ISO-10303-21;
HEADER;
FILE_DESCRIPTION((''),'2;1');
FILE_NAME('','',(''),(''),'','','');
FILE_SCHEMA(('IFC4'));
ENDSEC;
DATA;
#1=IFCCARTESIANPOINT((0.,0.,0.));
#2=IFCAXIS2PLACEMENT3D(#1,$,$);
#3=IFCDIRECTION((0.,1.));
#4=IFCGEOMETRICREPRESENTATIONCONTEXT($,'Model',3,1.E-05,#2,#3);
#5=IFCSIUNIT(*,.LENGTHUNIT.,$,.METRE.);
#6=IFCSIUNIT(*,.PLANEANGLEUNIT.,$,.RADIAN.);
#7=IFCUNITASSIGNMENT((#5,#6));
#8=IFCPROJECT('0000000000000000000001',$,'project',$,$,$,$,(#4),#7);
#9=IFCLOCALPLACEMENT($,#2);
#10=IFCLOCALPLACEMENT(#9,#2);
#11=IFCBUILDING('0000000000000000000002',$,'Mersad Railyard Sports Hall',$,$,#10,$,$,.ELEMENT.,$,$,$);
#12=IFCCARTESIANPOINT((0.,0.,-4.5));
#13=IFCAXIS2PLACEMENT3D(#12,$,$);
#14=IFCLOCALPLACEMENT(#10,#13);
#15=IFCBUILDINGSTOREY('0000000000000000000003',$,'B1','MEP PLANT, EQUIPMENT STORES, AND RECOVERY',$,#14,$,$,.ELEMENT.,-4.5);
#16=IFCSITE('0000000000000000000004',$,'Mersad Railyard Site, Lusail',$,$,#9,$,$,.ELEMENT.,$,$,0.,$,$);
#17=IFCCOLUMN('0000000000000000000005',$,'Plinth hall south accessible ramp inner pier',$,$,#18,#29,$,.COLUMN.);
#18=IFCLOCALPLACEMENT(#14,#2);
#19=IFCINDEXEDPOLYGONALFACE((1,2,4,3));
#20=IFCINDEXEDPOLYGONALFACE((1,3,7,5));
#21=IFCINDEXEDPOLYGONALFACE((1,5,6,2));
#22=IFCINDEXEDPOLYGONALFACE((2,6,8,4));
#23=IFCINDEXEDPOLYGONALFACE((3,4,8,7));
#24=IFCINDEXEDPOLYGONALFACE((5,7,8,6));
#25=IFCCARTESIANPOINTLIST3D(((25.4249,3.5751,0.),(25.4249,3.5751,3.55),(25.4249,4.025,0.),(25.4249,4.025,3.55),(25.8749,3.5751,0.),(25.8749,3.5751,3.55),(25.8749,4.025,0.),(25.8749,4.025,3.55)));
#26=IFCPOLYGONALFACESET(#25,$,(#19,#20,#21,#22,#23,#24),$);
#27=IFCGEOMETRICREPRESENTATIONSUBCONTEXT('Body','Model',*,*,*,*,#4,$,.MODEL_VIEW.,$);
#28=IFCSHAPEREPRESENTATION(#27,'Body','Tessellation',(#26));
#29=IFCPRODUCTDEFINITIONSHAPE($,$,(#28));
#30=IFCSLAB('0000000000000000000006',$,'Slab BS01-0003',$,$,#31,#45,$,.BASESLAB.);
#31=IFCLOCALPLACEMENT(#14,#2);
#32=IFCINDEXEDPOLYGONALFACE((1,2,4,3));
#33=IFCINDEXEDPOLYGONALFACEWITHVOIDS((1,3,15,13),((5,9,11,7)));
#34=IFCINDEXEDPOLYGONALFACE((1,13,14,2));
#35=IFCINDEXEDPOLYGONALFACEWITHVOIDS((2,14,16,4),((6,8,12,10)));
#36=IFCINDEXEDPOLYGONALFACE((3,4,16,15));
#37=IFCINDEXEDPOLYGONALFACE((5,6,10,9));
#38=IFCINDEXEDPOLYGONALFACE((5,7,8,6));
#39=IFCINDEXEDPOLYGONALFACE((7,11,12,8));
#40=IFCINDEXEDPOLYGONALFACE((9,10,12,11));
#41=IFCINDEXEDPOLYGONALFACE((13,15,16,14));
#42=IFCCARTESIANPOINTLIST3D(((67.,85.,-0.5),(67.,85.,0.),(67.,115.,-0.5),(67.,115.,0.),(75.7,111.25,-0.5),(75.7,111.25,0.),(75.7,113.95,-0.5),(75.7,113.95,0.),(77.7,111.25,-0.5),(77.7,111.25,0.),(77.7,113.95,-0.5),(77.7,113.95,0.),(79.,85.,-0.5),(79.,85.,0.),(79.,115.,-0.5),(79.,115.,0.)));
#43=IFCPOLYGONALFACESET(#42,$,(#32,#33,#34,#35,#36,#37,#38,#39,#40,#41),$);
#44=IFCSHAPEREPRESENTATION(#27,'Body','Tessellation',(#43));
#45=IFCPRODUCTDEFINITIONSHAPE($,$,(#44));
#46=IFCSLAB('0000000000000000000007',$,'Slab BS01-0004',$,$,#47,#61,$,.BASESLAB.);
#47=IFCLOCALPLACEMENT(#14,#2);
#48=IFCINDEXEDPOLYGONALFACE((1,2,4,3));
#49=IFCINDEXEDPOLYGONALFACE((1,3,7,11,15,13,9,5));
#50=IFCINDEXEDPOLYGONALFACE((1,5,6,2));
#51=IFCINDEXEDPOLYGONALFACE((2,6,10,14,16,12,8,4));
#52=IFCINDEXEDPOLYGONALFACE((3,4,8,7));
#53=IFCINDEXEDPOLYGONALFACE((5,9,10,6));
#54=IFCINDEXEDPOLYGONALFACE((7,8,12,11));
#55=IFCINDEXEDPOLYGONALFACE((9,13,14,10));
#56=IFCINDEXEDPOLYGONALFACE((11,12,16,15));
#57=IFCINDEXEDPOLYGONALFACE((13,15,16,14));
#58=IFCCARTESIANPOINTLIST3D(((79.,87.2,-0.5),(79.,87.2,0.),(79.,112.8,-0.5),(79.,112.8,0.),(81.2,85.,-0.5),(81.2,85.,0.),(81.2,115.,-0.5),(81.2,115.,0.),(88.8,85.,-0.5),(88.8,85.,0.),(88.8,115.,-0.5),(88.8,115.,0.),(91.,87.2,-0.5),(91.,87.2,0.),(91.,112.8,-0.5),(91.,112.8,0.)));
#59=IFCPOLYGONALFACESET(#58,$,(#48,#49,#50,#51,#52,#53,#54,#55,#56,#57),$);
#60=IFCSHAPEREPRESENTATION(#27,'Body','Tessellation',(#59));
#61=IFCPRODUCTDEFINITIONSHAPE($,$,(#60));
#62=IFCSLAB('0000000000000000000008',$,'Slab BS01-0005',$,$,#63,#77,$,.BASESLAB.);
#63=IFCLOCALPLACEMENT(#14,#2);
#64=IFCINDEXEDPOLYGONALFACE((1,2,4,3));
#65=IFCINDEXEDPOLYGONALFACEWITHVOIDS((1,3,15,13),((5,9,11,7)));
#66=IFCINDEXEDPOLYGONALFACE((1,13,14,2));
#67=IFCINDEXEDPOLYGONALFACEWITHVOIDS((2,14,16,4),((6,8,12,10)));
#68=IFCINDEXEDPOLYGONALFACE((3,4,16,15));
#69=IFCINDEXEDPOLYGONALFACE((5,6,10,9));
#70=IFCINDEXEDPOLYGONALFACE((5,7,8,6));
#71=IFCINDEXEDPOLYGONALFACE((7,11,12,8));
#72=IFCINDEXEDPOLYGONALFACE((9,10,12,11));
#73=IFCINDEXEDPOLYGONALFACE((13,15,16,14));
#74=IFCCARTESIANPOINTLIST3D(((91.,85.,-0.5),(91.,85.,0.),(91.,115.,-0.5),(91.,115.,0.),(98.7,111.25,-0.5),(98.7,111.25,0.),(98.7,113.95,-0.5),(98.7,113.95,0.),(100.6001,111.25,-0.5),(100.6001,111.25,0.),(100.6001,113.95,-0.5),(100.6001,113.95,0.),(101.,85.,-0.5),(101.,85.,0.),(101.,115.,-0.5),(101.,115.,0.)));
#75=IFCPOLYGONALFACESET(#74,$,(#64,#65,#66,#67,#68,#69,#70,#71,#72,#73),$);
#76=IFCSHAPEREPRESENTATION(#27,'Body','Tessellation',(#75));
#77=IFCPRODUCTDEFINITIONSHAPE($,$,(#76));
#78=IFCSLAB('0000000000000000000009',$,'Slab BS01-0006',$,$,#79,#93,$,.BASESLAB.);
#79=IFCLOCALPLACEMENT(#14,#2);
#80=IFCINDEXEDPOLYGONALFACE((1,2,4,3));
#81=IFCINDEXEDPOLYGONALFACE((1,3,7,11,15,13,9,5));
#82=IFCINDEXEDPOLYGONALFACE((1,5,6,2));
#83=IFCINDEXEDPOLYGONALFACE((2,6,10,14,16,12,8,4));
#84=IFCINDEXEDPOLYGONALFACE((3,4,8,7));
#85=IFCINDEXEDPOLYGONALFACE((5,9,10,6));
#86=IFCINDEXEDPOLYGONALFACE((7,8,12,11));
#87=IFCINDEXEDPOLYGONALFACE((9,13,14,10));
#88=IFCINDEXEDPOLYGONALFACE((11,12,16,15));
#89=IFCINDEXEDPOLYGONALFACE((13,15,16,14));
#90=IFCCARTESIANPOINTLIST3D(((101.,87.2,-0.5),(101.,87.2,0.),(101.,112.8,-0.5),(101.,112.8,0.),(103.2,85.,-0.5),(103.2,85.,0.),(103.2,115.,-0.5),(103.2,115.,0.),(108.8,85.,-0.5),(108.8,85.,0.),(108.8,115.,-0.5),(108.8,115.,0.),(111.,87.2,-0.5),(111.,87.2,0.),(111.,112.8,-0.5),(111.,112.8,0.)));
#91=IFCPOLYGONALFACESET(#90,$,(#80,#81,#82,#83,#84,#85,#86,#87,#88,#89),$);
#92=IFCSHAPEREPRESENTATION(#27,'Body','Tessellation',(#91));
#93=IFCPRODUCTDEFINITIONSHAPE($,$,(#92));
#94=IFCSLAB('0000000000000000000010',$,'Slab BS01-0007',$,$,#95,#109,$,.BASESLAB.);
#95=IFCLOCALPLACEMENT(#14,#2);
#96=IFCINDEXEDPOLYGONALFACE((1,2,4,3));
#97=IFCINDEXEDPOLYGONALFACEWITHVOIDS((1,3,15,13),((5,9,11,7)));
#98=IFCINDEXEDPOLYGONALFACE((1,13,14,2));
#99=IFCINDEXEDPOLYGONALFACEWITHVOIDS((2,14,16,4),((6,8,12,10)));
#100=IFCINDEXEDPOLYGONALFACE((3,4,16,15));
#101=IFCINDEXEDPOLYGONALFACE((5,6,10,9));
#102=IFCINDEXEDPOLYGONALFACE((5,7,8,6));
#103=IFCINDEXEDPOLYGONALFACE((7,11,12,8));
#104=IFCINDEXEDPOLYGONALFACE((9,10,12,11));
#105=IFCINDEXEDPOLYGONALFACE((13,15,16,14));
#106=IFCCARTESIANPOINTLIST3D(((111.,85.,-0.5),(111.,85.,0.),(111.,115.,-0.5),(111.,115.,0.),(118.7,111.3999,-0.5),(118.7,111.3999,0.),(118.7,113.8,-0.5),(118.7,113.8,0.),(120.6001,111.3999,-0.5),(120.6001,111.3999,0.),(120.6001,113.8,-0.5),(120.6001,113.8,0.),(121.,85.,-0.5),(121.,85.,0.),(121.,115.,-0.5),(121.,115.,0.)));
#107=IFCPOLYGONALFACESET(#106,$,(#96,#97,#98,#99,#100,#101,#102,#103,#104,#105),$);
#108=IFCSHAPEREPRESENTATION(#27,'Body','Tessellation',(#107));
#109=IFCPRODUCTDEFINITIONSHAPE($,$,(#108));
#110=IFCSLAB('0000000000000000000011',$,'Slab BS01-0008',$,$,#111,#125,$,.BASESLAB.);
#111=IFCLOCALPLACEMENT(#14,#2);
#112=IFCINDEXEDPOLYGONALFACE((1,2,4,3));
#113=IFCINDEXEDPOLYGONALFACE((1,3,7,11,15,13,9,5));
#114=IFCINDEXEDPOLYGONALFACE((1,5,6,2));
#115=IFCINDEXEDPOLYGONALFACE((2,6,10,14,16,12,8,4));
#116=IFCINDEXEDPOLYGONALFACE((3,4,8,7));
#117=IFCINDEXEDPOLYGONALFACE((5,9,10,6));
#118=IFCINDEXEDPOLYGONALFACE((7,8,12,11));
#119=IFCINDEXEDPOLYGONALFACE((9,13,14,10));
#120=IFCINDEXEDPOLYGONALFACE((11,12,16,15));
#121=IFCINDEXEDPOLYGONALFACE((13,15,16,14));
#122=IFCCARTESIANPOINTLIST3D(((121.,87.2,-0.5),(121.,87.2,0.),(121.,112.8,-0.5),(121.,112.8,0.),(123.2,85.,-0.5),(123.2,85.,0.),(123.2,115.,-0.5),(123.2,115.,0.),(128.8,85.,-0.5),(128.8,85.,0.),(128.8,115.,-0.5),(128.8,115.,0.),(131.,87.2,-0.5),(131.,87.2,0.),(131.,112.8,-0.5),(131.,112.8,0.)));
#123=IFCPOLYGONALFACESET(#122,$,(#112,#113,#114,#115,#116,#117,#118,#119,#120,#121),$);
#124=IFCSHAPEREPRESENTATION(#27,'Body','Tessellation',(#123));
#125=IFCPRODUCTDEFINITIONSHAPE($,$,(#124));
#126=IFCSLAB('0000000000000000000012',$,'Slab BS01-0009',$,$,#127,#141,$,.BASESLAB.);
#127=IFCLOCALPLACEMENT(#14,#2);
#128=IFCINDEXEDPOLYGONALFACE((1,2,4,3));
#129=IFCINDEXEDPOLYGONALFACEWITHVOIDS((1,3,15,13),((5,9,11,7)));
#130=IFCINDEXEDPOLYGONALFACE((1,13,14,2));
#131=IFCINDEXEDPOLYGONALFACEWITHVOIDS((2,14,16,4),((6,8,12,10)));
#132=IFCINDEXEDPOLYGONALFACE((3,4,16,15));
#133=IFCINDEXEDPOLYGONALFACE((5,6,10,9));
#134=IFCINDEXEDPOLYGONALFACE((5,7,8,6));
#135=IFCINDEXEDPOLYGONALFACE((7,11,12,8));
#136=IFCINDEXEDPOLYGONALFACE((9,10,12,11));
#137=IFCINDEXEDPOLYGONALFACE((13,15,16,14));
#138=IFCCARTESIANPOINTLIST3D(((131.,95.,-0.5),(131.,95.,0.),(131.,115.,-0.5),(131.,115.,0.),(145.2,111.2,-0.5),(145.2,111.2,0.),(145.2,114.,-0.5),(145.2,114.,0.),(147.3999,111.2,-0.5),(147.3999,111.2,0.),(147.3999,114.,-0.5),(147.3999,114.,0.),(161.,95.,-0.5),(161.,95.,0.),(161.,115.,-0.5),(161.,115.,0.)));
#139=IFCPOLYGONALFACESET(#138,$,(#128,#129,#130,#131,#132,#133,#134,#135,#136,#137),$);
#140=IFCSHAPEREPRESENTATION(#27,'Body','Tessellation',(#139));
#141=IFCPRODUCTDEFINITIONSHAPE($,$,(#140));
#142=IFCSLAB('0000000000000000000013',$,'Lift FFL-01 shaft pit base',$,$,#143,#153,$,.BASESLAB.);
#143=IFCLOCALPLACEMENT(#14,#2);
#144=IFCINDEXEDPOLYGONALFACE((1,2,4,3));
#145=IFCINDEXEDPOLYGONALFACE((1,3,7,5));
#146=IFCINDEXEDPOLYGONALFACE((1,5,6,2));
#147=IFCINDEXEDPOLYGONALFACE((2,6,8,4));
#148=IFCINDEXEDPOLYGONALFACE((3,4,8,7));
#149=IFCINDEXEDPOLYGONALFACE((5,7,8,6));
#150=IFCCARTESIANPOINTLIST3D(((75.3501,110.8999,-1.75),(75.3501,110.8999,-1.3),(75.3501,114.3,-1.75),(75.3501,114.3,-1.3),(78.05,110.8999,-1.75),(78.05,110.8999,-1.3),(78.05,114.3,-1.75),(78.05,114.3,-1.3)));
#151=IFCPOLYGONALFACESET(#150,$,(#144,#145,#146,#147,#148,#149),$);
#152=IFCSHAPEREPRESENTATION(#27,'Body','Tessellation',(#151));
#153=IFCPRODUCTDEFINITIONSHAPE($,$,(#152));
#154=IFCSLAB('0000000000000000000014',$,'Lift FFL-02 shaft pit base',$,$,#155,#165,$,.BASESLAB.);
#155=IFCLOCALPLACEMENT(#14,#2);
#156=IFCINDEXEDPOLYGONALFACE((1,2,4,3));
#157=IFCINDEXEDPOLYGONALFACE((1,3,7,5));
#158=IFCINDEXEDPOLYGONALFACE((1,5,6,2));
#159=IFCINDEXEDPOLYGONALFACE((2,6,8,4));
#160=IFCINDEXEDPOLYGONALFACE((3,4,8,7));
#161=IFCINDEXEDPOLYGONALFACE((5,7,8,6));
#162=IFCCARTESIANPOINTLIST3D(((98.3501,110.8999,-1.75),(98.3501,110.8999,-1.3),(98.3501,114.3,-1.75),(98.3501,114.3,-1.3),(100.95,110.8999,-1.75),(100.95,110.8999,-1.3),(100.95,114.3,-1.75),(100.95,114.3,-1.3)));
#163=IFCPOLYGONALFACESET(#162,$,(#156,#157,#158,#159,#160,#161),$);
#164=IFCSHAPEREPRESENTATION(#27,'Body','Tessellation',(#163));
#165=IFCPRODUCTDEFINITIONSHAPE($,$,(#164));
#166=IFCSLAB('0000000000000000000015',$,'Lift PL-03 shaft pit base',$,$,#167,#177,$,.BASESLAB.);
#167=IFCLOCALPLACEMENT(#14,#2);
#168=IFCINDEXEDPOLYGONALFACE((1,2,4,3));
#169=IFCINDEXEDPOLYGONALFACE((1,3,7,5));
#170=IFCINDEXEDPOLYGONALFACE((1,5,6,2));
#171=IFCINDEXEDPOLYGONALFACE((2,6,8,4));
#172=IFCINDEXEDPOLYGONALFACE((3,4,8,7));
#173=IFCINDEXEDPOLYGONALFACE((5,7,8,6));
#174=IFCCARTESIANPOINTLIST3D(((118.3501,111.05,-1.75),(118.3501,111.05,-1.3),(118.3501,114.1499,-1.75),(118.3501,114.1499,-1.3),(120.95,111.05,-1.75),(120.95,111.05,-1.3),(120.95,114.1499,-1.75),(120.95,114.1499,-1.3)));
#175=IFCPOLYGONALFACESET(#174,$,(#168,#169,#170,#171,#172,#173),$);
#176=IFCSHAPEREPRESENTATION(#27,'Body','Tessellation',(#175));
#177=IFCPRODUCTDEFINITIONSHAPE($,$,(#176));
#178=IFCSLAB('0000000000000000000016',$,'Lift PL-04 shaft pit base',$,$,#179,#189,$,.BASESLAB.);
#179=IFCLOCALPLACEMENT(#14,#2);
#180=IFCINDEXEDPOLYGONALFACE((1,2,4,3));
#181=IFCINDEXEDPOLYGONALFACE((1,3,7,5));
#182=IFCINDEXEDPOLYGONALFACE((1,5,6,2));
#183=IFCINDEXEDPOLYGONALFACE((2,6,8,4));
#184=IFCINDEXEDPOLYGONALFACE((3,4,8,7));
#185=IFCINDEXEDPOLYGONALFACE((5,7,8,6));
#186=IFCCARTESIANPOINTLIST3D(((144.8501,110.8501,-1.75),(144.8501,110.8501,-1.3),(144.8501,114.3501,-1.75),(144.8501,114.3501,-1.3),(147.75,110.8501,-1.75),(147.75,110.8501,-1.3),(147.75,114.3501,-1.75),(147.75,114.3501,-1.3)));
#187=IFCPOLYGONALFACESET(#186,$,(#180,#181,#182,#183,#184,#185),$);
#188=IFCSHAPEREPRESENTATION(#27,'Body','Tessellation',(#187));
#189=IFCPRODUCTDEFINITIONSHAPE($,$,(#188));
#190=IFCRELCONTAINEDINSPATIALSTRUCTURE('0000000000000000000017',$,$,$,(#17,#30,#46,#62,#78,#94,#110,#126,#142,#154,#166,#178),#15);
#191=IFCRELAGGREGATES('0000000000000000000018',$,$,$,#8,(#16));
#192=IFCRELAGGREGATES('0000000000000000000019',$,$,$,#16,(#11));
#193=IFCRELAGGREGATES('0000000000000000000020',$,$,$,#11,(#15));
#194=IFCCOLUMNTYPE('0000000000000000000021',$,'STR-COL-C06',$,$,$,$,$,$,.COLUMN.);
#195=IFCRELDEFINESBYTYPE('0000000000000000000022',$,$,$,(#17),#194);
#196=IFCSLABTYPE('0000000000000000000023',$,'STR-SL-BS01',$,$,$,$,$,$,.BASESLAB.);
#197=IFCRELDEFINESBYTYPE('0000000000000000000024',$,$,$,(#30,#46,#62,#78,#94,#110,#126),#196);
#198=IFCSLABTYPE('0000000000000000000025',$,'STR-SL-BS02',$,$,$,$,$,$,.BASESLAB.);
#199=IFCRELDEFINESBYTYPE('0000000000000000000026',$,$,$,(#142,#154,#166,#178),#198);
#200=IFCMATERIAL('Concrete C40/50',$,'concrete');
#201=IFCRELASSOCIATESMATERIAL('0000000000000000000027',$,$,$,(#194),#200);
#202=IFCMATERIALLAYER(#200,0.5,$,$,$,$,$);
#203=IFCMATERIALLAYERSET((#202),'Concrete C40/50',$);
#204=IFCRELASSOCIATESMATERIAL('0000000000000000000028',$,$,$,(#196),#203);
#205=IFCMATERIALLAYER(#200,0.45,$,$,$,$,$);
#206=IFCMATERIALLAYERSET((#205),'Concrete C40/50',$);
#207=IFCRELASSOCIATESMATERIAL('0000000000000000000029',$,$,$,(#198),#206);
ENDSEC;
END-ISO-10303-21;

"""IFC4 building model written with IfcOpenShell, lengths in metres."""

from ifc_helpers import new_model, si_unit, direction, frame, origin, origin_2d, place, context, subcontext, project, spatial, polyline, rectangle, outline, extrude, material, layer, layer_set, material_profile, profile_set, type_object, element, save


model = new_model("IFC4")

# Units and contexts
model_context = context("Model", 3, precision=1e-05, world=origin(), true_north=direction((0.0, 1.0)))
body_context = subcontext(model_context, "Body", "Model", "MODEL_VIEW")
ifc_project = project(units=[si_unit("LENGTHUNIT", "METRE"), si_unit("PLANEANGLEUNIT", "RADIAN")], contexts=[model_context])

# Site, building, storey
site_placement = place(None, origin())
site = spatial("IfcSite", under=ifc_project, at=site_placement, Name="Mersad Railyard Site, Lusail", CompositionType="ELEMENT", RefElevation=0.0)
building_placement = place(site_placement, origin())
building = spatial("IfcBuilding", under=site, at=building_placement, Name="Mersad Railyard Sports Hall", CompositionType="ELEMENT")
storey_placement = place(building_placement, frame((0.0, 0.0, -4.5)))
storey = spatial("IfcBuildingStorey", under=building, at=storey_placement, Name="B1", Description="MEP PLANT, EQUIPMENT STORES, AND RECOVERY", CompositionType="ELEMENT", Elevation=-4.5)

# Shared definitions
ifc_material_1 = material(Name="Concrete C40/50", Category="concrete")

# Column
ifc_material_profile_1 = material_profile(ifc_material_1, rectangle(XDim=0.45, YDim=0.45, at=origin_2d()), Name="RC 450x450")
ifc_profile_set_1 = profile_set([ifc_material_profile_1], Name="Concrete C40/50")
column_type_1 = type_object("IfcColumnType", Name="STR-COL-C06", PredefinedType="COLUMN", material=ifc_profile_set_1)
column_1_placement = place(storey_placement, frame((25.6499, 3.8, 0.0), z_axis=(0.0, 0.0, 1.0), x_axis=(1.0, 0.0, 0.0)))
element("IfcColumn", 1, at=column_1_placement, inside=storey, type_object=column_type_1, Name="Plinth hall south accessible ramp inner pier", PredefinedType="COLUMN", context=body_context, shape_type="SweptSolid", body=[
    extrude(rectangle(XDim=0.45, YDim=0.45, at=origin_2d()), origin(), (0.0, 0.0, 1.0), 3.55),
])

# Slabs
ifc_layer_1 = layer(ifc_material_1, 0.5)
ifc_layer_set_1 = layer_set([ifc_layer_1], Name="Concrete C40/50")
slab_type_1 = type_object("IfcSlabType", Name="STR-SL-BS01", PredefinedType="BASESLAB", material=ifc_layer_set_1)
slab_1_placement = place(storey_placement, frame((0.0, 0.0, -0.5)))
element("IfcSlab", 2, at=slab_1_placement, inside=storey, type_object=slab_type_1, Name="Slab BS01-0003", PredefinedType="BASESLAB", context=body_context, shape_type="SweptSolid", body=[
    extrude(outline(polyline([(67.0, 85.0), (79.0, 85.0), (79.0, 115.0), (67.0, 115.0), (67.0, 85.0)]), holes=[polyline([(75.7, 111.25), (77.7, 111.25), (77.7, 113.95), (75.7, 113.95), (75.7, 111.25)])]), origin(), (0.0, 0.0, 1.0), 0.5),
])
slab_2_placement = place(storey_placement, frame((0.0, 0.0, -0.5)))
element("IfcSlab", 3, at=slab_2_placement, inside=storey, type_object=slab_type_1, Name="Slab BS01-0004", PredefinedType="BASESLAB", context=body_context, shape_type="SweptSolid", body=[
    extrude(outline(polyline([(81.2, 85.0), (88.8, 85.0), (91.0, 87.2), (91.0, 112.8), (88.8, 115.0), (81.2, 115.0), (79.0, 112.8), (79.0, 87.2), (81.2, 85.0)])), origin(), (0.0, 0.0, 1.0), 0.5),
])
slab_3_placement = place(storey_placement, frame((0.0, 0.0, -0.5)))
element("IfcSlab", 4, at=slab_3_placement, inside=storey, type_object=slab_type_1, Name="Slab BS01-0005", PredefinedType="BASESLAB", context=body_context, shape_type="SweptSolid", body=[
    extrude(outline(polyline([(91.0, 85.0), (101.0, 85.0), (101.0, 115.0), (91.0, 115.0), (91.0, 85.0)]), holes=[polyline([(98.7, 111.25), (100.6001, 111.25), (100.6001, 113.95), (98.7, 113.95), (98.7, 111.25)])]), origin(), (0.0, 0.0, 1.0), 0.5),
])
slab_4_placement = place(storey_placement, frame((0.0, 0.0, -0.5)))
element("IfcSlab", 5, at=slab_4_placement, inside=storey, type_object=slab_type_1, Name="Slab BS01-0006", PredefinedType="BASESLAB", context=body_context, shape_type="SweptSolid", body=[
    extrude(outline(polyline([(103.2, 85.0), (108.8, 85.0), (111.0, 87.2), (111.0, 112.8), (108.8, 115.0), (103.2, 115.0), (101.0, 112.8), (101.0, 87.2), (103.2, 85.0)])), origin(), (0.0, 0.0, 1.0), 0.5),
])
slab_5_placement = place(storey_placement, frame((0.0, 0.0, -0.5)))
element("IfcSlab", 6, at=slab_5_placement, inside=storey, type_object=slab_type_1, Name="Slab BS01-0007", PredefinedType="BASESLAB", context=body_context, shape_type="SweptSolid", body=[
    extrude(outline(polyline([(111.0, 85.0), (121.0, 85.0), (121.0, 115.0), (111.0, 115.0), (111.0, 85.0)]), holes=[polyline([(118.7, 111.3999), (120.6001, 111.3999), (120.6001, 113.8), (118.7, 113.8), (118.7, 111.3999)])]), origin(), (0.0, 0.0, 1.0), 0.5),
])
slab_6_placement = place(storey_placement, frame((0.0, 0.0, -0.5)))
element("IfcSlab", 7, at=slab_6_placement, inside=storey, type_object=slab_type_1, Name="Slab BS01-0008", PredefinedType="BASESLAB", context=body_context, shape_type="SweptSolid", body=[
    extrude(outline(polyline([(123.2, 85.0), (128.8, 85.0), (131.0, 87.2), (131.0, 112.8), (128.8, 115.0), (123.2, 115.0), (121.0, 112.8), (121.0, 87.2), (123.2, 85.0)])), origin(), (0.0, 0.0, 1.0), 0.5),
])
slab_7_placement = place(storey_placement, frame((0.0, 0.0, -0.5)))
element("IfcSlab", 8, at=slab_7_placement, inside=storey, type_object=slab_type_1, Name="Slab BS01-0009", PredefinedType="BASESLAB", context=body_context, shape_type="SweptSolid", body=[
    extrude(outline(polyline([(131.0, 95.0), (161.0, 95.0), (161.0, 115.0), (131.0, 115.0), (131.0, 95.0)]), holes=[polyline([(145.2, 111.2), (147.3999, 111.2), (147.3999, 114.0), (145.2, 114.0), (145.2, 111.2)])]), origin(), (0.0, 0.0, 1.0), 0.5),
])
ifc_layer_2 = layer(ifc_material_1, 0.45)
ifc_layer_set_2 = layer_set([ifc_layer_2], Name="Concrete C40/50")
slab_type_2 = type_object("IfcSlabType", Name="STR-SL-BS02", PredefinedType="BASESLAB", material=ifc_layer_set_2)
slab_8_placement = place(storey_placement, frame((0.0, 0.0, -1.75)))
element("IfcSlab", 9, at=slab_8_placement, inside=storey, type_object=slab_type_2, Name="Lift FFL-01 shaft pit base", PredefinedType="BASESLAB", context=body_context, shape_type="SweptSolid", body=[
    extrude(outline(polyline([(75.3501, 110.8999), (78.05, 110.8999), (78.05, 114.3), (75.3501, 114.3), (75.3501, 110.8999)])), origin(), (0.0, 0.0, 1.0), 0.45),
])
slab_9_placement = place(storey_placement, frame((0.0, 0.0, -1.75)))
element("IfcSlab", 10, at=slab_9_placement, inside=storey, type_object=slab_type_2, Name="Lift FFL-02 shaft pit base", PredefinedType="BASESLAB", context=body_context, shape_type="SweptSolid", body=[
    extrude(outline(polyline([(98.3501, 110.8999), (100.95, 110.8999), (100.95, 114.3), (98.3501, 114.3), (98.3501, 110.8999)])), origin(), (0.0, 0.0, 1.0), 0.45),
])
slab_10_placement = place(storey_placement, frame((0.0, 0.0, -1.75)))
element("IfcSlab", 11, at=slab_10_placement, inside=storey, type_object=slab_type_2, Name="Lift PL-03 shaft pit base", PredefinedType="BASESLAB", context=body_context, shape_type="SweptSolid", body=[
    extrude(outline(polyline([(118.3501, 111.05), (120.95, 111.05), (120.95, 114.1499), (118.3501, 114.1499), (118.3501, 111.05)])), origin(), (0.0, 0.0, 1.0), 0.45),
])
slab_11_placement = place(storey_placement, frame((0.0, 0.0, -1.75)))
element("IfcSlab", 12, at=slab_11_placement, inside=storey, type_object=slab_type_2, Name="Lift PL-04 shaft pit base", PredefinedType="BASESLAB", context=body_context, shape_type="SweptSolid", body=[
    extrude(outline(polyline([(144.8501, 110.8501), (147.75, 110.8501), (147.75, 114.3501), (144.8501, 114.3501), (144.8501, 110.8501)])), origin(), (0.0, 0.0, 1.0), 0.45),
])

save(model, "model.ifc")
